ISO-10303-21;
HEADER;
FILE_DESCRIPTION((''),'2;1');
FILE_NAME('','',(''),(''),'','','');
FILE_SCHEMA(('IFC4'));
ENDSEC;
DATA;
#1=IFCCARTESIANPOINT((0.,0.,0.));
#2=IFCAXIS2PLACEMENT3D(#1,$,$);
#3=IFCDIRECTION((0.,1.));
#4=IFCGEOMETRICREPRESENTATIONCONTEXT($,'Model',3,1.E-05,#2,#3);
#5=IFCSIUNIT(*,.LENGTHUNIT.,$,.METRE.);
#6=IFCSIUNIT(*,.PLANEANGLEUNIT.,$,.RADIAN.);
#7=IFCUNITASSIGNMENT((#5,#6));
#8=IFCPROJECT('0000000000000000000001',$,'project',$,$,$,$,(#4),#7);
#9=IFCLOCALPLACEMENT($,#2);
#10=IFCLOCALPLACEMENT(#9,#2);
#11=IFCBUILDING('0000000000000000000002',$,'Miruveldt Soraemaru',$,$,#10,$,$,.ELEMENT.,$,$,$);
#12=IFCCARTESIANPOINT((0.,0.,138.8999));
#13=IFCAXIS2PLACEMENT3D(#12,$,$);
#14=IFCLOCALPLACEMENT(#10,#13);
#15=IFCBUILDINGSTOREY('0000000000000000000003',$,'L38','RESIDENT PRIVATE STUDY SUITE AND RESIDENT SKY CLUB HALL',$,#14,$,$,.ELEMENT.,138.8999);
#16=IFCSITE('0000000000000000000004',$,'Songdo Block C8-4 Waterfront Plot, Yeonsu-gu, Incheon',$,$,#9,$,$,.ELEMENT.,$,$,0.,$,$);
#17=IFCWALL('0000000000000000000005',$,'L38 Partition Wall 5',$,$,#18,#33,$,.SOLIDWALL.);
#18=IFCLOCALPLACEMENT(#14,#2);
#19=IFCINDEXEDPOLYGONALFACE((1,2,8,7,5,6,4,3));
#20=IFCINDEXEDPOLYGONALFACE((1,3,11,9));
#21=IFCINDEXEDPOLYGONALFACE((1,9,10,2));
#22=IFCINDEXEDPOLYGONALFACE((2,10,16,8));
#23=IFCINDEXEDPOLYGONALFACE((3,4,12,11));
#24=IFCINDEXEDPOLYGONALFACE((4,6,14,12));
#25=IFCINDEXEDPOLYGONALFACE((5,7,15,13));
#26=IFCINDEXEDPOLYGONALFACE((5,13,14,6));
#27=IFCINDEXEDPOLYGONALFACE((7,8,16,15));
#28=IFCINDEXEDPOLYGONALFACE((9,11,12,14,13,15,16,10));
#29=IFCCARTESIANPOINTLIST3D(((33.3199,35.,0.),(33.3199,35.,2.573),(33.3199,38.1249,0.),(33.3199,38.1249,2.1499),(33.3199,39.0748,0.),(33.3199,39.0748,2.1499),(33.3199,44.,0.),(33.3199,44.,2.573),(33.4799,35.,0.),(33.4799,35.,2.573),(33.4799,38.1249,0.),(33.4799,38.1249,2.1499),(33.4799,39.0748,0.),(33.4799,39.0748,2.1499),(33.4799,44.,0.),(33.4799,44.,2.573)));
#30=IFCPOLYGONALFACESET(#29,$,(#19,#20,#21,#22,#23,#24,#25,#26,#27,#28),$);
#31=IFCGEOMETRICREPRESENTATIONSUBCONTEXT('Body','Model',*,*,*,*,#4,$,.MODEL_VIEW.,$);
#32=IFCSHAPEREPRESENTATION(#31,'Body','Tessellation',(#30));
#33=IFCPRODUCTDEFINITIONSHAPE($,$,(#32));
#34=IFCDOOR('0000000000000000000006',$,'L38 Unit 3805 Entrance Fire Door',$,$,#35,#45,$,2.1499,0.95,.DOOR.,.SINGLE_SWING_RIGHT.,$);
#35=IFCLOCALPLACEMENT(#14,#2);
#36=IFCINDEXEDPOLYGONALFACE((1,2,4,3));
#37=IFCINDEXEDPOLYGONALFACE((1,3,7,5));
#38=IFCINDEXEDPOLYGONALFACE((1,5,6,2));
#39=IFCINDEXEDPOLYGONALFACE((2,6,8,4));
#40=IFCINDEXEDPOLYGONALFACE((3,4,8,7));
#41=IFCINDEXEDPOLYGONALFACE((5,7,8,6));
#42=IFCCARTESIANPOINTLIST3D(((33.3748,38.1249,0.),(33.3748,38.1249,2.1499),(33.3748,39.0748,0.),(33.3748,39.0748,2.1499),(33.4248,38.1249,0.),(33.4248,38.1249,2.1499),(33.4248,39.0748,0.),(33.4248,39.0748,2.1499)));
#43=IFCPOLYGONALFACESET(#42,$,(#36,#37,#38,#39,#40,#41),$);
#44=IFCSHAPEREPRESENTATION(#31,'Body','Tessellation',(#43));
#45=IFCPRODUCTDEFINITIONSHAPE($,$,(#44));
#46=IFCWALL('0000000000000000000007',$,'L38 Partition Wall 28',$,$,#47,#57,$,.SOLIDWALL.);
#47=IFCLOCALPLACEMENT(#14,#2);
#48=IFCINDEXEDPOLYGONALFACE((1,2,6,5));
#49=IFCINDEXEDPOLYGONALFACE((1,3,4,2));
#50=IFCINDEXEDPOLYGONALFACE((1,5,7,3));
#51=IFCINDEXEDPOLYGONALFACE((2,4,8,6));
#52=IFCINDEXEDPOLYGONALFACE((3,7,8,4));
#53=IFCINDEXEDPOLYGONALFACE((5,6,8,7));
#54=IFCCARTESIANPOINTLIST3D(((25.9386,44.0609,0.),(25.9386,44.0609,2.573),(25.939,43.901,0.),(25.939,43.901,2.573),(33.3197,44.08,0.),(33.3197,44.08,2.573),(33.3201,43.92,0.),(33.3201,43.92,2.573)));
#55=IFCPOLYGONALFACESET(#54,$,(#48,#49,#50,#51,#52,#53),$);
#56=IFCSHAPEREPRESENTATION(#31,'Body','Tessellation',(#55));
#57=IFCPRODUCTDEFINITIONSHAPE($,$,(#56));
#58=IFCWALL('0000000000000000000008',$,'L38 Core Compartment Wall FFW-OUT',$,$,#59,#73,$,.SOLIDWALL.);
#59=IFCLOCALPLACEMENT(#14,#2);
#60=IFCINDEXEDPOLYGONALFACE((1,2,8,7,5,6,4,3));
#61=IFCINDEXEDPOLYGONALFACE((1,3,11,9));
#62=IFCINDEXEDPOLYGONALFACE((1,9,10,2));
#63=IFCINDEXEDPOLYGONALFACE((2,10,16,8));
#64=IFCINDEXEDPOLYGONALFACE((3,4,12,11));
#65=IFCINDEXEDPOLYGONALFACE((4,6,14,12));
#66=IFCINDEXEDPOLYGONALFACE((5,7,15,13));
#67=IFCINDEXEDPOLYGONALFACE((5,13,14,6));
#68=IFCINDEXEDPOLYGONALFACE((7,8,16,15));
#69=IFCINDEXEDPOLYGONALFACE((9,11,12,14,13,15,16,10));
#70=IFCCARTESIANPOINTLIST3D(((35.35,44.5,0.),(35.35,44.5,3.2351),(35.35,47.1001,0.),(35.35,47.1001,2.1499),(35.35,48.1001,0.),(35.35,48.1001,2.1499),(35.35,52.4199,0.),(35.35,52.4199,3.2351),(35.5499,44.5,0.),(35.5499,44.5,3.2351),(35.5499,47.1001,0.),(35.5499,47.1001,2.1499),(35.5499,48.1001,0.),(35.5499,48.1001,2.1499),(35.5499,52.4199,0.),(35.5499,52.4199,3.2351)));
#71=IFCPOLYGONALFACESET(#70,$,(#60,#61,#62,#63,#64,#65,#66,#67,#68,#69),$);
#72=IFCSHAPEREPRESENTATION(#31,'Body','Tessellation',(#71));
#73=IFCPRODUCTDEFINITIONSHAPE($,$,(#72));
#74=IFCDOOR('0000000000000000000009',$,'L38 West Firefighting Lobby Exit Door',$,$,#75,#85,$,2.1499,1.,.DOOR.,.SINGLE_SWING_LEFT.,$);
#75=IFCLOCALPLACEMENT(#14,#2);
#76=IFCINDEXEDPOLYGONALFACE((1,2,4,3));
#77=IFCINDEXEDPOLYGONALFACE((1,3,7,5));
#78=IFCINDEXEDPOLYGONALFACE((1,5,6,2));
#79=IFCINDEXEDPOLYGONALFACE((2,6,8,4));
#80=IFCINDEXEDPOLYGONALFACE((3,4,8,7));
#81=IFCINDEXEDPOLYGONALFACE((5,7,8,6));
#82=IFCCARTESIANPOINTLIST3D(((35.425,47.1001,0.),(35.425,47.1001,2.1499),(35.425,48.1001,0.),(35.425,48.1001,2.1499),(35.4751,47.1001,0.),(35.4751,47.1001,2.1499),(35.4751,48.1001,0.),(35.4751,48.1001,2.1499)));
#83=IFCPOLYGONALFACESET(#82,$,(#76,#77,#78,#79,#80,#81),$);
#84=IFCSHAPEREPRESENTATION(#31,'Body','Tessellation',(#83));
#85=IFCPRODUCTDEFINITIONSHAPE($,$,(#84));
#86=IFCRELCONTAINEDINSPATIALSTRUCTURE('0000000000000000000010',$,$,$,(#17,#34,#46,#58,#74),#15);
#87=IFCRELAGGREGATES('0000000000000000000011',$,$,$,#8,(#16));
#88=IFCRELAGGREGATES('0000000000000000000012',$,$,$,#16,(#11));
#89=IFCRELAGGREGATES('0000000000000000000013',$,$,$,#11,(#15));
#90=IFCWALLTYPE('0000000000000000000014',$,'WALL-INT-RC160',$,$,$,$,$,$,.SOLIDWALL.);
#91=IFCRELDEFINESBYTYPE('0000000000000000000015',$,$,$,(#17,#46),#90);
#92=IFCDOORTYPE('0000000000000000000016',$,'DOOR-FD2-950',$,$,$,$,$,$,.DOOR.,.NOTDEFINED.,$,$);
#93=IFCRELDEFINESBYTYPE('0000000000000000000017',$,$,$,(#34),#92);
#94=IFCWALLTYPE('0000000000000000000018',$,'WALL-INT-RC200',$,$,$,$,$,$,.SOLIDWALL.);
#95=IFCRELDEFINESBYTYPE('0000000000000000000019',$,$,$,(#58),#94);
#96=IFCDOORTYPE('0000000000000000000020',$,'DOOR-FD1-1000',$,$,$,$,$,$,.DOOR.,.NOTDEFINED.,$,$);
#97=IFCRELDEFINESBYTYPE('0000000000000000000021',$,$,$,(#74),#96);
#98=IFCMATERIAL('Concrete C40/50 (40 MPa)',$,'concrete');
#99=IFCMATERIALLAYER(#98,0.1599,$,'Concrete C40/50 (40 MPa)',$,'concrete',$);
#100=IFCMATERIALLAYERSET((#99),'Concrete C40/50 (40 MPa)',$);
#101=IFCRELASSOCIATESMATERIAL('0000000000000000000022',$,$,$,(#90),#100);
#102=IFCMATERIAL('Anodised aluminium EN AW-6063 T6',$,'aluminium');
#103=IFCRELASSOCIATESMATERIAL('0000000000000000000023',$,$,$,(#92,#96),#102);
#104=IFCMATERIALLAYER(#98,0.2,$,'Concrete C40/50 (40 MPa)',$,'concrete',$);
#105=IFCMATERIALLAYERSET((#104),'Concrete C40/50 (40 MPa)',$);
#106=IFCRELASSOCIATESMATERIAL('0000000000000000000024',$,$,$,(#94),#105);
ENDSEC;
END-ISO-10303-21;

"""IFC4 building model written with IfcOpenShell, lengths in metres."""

from ifc_helpers import new_model, si_unit, direction, frame, frame_2d, origin, place, context, subcontext, project, spatial, rectangle, extrude, material, layer, layer_set, type_object, element, fill, save


model = new_model("IFC4")

# Units and contexts
model_context = context("Model", 3, precision=1e-05, world=origin(), true_north=direction((0.0, 1.0)))
body_context = subcontext(model_context, "Body", "Model", "MODEL_VIEW")
ifc_project = project(units=[si_unit("LENGTHUNIT", "METRE"), si_unit("PLANEANGLEUNIT", "RADIAN")], contexts=[model_context])

# Site, building, storey
site_placement = place(None, origin())
site = spatial("IfcSite", under=ifc_project, at=site_placement, Name="Songdo Block C8-4 Waterfront Plot, Yeonsu-gu, Incheon", CompositionType="ELEMENT", RefElevation=0.0)
building_placement = place(site_placement, origin())
building = spatial("IfcBuilding", under=site, at=building_placement, Name="Miruveldt Soraemaru", CompositionType="ELEMENT")
storey_placement = place(building_placement, frame((0.0, 0.0, 138.8999)))
storey = spatial("IfcBuildingStorey", under=building, at=storey_placement, Name="L38", Description="RESIDENT PRIVATE STUDY SUITE AND RESIDENT SKY CLUB HALL", CompositionType="ELEMENT", Elevation=138.8999)

# Shared definitions
ifc_material_1 = material(Name="Anodised aluminium EN AW-6063 T6", Category="aluminium")

# Wall, opening, door
ifc_material_2 = material(Name="Concrete C40/50 (40 MPa)", Category="concrete")
ifc_layer_1 = layer(ifc_material_2, 0.1599, Name="Concrete C40/50 (40 MPa)", Category="concrete")
ifc_layer_set_1 = layer_set([ifc_layer_1], Name="Concrete C40/50 (40 MPa)")
wall_type_1 = type_object("IfcWallType", Name="WALL-INT-RC160", PredefinedType="SOLIDWALL", material=ifc_layer_set_1)
wall_1_placement = place(storey_placement, frame((33.3999, 44.0, 0.0), z_axis=(0.0, 0.0, 1.0), x_axis=(0.0, -1.0, 0.0)))
wall_1 = element("IfcWall", 1, at=wall_1_placement, inside=storey, type_object=wall_type_1, Name="L38 Partition Wall 5", PredefinedType="SOLIDWALL", context=body_context, shape_type="SweptSolid", body=[
    extrude(rectangle(XDim=9.0, YDim=0.1599, at=frame_2d((4.5, 0.0))), origin(), (0.0, 0.0, 1.0), 2.573),
])
opening_1_placement = place(wall_1_placement, frame((4.925, 0.0, 0.0)))
opening_1 = element("IfcOpeningElement", 2, at=opening_1_placement, cuts=wall_1, PredefinedType="OPENING", context=body_context, shape_type="SweptSolid", body=[
    extrude(rectangle(XDim=0.95, YDim=2.1499, at=frame_2d((0.4751, 1.075))), frame((0.0, 0.0898, 0.0), z_axis=(0.0, -1.0, 0.0), x_axis=(1.0, 0.0, 0.0)), (0.0, 0.0, 1.0), 0.1799),
])
door_type_1 = type_object("IfcDoorType", Name="DOOR-FD2-950", OperationType="NOTDEFINED", PredefinedType="DOOR", material=ifc_material_1)
door_1_placement = place(opening_1_placement, origin())
door_1 = element("IfcDoor", 3, at=door_1_placement, inside=storey, type_object=door_type_1, Name="L38 Unit 3805 Entrance Fire Door", OperationType="SINGLE_SWING_RIGHT", OverallHeight=2.1499, OverallWidth=0.95, PredefinedType="DOOR", context=body_context, shape_type="SweptSolid", body=[
    extrude(rectangle(XDim=0.95, YDim=2.1499, at=frame_2d((0.4751, 1.075))), frame((0.0, 0.0249, 0.0), z_axis=(0.0, -1.0, 0.0), x_axis=(1.0, 0.0, 0.0)), (0.0, 0.0, 1.0), 0.05),
])
fill(opening_1, door_1)

# Wall
wall_2_placement = place(storey_placement, frame((25.939, 43.981, 0.0), z_axis=(0.0, 0.0, 1.0), x_axis=(0.999997, 0.00258, 0.0)))
element("IfcWall", 4, at=wall_2_placement, inside=storey, type_object=wall_type_1, Name="L38 Partition Wall 28", PredefinedType="SOLIDWALL", context=body_context, shape_type="SweptSolid", body=[
    extrude(rectangle(XDim=7.3811, YDim=0.1599, at=frame_2d((3.6904, 0.0))), origin(), (0.0, 0.0, 1.0), 2.573),
])

# Wall, opening, door
ifc_layer_2 = layer(ifc_material_2, 0.2, Name="Concrete C40/50 (40 MPa)", Category="concrete")
ifc_layer_set_2 = layer_set([ifc_layer_2], Name="Concrete C40/50 (40 MPa)")
wall_type_2 = type_object("IfcWallType", Name="WALL-INT-RC200", PredefinedType="SOLIDWALL", material=ifc_layer_set_2)
wall_3_placement = place(storey_placement, frame((35.45, 44.5, 0.0), z_axis=(0.0, 0.0, 1.0), x_axis=(0.0, 1.0, 0.0)))
wall_3 = element("IfcWall", 5, at=wall_3_placement, inside=storey, type_object=wall_type_2, Name="L38 Core Compartment Wall FFW-OUT", PredefinedType="SOLIDWALL", context=body_context, shape_type="SweptSolid", body=[
    extrude(rectangle(XDim=7.9199, YDim=0.2, at=frame_2d((3.96, 0.0))), origin(), (0.0, 0.0, 1.0), 3.2351),
])
opening_2_placement = place(wall_3_placement, frame((2.6001, 0.0, 0.0)))
opening_2 = element("IfcOpeningElement", 6, at=opening_2_placement, cuts=wall_3, PredefinedType="OPENING", context=body_context, shape_type="SweptSolid", body=[
    extrude(rectangle(XDim=1.0, YDim=2.1499, at=frame_2d((0.5, 1.075))), frame((0.0, 0.1099, 0.0), z_axis=(0.0, -1.0, 0.0), x_axis=(1.0, 0.0, 0.0)), (0.0, 0.0, 1.0), 0.22),
])
door_type_2 = type_object("IfcDoorType", Name="DOOR-FD1-1000", OperationType="NOTDEFINED", PredefinedType="DOOR", material=ifc_material_1)
door_2_placement = place(opening_2_placement, origin())
door_2 = element("IfcDoor", 7, at=door_2_placement, inside=storey, type_object=door_type_2, Name="L38 West Firefighting Lobby Exit Door", OperationType="SINGLE_SWING_LEFT", OverallHeight=2.1499, OverallWidth=1.0, PredefinedType="DOOR", context=body_context, shape_type="SweptSolid", body=[
    extrude(rectangle(XDim=1.0, YDim=2.1499, at=frame_2d((0.5, 1.075))), frame((0.0, 0.0249, 0.0), z_axis=(0.0, -1.0, 0.0), x_axis=(1.0, 0.0, 0.0)), (0.0, 0.0, 1.0), 0.05),
])
fill(opening_2, door_2)

save(model, "model.ifc")
